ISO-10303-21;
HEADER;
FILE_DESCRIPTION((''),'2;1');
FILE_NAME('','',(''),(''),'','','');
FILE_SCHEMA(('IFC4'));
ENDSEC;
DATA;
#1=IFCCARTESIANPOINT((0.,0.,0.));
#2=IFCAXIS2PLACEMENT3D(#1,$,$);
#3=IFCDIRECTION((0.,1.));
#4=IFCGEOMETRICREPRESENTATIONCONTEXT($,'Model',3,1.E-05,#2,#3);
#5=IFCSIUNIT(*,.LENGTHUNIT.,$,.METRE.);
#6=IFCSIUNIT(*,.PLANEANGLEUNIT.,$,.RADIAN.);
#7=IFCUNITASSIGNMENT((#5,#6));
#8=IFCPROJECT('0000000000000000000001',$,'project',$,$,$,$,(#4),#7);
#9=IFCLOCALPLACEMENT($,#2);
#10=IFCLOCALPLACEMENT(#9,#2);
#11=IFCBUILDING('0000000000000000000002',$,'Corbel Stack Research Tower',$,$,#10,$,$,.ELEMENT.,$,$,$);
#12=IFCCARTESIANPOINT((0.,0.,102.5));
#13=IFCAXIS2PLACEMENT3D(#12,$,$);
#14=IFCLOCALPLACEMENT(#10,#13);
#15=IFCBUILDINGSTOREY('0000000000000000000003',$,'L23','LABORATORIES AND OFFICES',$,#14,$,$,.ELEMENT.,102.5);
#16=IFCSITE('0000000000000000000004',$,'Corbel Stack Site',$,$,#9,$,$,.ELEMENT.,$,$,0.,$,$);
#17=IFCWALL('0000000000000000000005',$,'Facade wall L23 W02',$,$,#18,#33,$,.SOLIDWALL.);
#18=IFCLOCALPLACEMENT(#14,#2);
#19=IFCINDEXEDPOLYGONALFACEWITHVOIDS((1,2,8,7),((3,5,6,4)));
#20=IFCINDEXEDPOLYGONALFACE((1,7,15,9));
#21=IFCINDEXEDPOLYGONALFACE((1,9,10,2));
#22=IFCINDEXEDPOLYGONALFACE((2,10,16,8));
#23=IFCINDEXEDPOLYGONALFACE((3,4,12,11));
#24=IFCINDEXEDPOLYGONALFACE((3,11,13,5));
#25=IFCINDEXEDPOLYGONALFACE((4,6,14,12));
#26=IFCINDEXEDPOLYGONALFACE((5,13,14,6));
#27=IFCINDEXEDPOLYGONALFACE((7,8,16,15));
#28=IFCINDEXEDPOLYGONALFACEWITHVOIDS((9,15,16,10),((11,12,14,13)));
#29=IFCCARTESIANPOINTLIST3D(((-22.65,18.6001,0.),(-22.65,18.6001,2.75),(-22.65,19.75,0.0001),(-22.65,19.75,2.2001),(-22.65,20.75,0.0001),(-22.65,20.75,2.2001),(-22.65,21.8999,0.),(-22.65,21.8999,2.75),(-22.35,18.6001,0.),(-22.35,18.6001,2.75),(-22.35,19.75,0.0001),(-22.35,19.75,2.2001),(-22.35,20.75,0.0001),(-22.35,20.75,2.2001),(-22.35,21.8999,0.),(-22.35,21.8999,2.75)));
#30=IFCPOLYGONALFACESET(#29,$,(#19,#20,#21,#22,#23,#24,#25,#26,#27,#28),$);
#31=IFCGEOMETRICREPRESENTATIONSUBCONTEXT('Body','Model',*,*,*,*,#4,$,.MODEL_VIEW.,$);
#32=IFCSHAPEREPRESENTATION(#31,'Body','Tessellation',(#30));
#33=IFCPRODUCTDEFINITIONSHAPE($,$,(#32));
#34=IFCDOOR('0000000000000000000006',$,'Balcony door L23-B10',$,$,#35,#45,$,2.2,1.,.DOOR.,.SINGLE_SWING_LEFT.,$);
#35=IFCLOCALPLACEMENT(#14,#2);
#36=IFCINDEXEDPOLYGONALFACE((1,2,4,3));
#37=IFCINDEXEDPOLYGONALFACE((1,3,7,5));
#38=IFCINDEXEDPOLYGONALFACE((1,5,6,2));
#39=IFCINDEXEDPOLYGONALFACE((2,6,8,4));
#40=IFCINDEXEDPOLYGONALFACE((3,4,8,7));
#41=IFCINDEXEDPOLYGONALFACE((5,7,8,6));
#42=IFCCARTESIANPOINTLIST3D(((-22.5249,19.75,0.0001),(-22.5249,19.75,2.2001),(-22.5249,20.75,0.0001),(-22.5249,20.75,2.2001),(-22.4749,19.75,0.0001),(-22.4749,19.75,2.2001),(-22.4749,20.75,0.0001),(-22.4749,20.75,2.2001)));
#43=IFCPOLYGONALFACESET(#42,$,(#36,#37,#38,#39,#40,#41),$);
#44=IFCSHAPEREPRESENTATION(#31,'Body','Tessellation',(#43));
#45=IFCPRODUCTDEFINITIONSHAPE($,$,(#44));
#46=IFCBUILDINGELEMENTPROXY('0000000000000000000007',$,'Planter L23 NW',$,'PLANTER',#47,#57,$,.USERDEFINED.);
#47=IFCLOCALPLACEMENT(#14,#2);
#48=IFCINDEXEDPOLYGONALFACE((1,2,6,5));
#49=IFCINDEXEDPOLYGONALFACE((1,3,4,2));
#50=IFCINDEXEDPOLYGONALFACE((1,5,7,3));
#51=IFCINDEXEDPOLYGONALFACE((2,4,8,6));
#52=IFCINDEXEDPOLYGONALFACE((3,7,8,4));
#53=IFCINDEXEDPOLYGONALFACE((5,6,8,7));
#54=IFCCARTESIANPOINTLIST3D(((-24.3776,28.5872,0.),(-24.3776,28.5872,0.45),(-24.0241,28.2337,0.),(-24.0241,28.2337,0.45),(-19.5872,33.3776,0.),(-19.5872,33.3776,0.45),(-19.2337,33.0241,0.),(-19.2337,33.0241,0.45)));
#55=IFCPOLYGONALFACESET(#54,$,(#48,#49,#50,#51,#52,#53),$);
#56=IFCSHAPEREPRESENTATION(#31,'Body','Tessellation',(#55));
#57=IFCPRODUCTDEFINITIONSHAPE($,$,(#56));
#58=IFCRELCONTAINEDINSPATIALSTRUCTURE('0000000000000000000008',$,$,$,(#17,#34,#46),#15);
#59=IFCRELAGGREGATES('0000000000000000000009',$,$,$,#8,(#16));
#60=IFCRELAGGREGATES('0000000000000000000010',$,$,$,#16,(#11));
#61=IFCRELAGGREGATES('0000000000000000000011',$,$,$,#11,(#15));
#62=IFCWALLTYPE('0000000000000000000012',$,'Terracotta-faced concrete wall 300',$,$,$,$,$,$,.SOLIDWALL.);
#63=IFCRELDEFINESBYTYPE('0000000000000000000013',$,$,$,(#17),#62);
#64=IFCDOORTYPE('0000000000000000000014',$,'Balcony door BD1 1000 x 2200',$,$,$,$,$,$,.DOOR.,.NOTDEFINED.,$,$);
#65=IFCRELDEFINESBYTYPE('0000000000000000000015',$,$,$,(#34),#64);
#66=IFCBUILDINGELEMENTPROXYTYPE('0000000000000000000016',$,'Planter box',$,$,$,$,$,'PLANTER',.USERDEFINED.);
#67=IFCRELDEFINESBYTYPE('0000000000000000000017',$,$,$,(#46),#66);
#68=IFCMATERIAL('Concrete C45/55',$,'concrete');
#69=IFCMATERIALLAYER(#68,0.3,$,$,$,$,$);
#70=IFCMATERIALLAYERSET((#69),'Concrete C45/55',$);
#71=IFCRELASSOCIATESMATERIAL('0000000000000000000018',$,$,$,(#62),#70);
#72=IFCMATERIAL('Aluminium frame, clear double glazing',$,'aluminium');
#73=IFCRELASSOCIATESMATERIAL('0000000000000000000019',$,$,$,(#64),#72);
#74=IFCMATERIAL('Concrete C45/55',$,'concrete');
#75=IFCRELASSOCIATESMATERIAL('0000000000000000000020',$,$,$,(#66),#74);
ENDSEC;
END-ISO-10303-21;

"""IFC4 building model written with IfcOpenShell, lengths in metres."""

from ifc_helpers import new_model, si_unit, direction, frame, frame_2d, origin, origin_2d, place, context, subcontext, project, spatial, rectangle, extrude, material, layer, layer_set, type_object, element, fill, save


model = new_model("IFC4")

# Units and contexts
model_context = context("Model", 3, precision=1e-05, world=origin(), true_north=direction((0.0, 1.0)))
body_context = subcontext(model_context, "Body", "Model", "MODEL_VIEW")
ifc_project = project(units=[si_unit("LENGTHUNIT", "METRE"), si_unit("PLANEANGLEUNIT", "RADIAN")], contexts=[model_context])

# Site, building, storey
site_placement = place(None, origin())
site = spatial("IfcSite", under=ifc_project, at=site_placement, Name="Corbel Stack Site", CompositionType="ELEMENT", RefElevation=0.0)
building_placement = place(site_placement, origin())
building = spatial("IfcBuilding", under=site, at=building_placement, Name="Corbel Stack Research Tower", CompositionType="ELEMENT")
storey_placement = place(building_placement, frame((0.0, 0.0, 102.5)))
storey = spatial("IfcBuildingStorey", under=building, at=storey_placement, Name="L23", Description="LABORATORIES AND OFFICES", CompositionType="ELEMENT", Elevation=102.5)

# Shared definitions
ifc_material_1 = material(Name="Concrete C45/55", Category="concrete")
ifc_layer_1 = layer(ifc_material_1, 0.3)
ifc_layer_set_1 = layer_set([ifc_layer_1], Name="Concrete C45/55")
wall_type_1 = type_object("IfcWallType", Name="Terracotta-faced concrete wall 300", PredefinedType="SOLIDWALL", material=ifc_layer_set_1)

# Wall, opening, door
wall_1_placement = place(storey_placement, frame((-22.5, 18.6001, 0.0), z_axis=(0.0, 0.0, 1.0), x_axis=(0.0, 1.0, 0.0)))
wall_1 = element("IfcWall", 1, at=wall_1_placement, inside=storey, type_object=wall_type_1, Name="Facade wall L23 W02", PredefinedType="SOLIDWALL", context=body_context, shape_type="SweptSolid", body=[
    extrude(rectangle(XDim=3.2998, YDim=0.3, at=frame_2d((1.6499, 0.0))), origin(), (0.0, 0.0, 1.0), 2.75),
])
opening_1_placement = place(wall_1_placement, frame((1.1499, 0.0, 0.0)))
opening_1 = element("IfcOpeningElement", 2, at=opening_1_placement, cuts=wall_1, PredefinedType="OPENING", context=body_context, shape_type="SweptSolid", body=[
    extrude(rectangle(XDim=1.0, YDim=2.2, at=frame_2d((0.5, 1.1001))), frame((0.0, 0.1599, 0.0), z_axis=(0.0, -1.0, 0.0), x_axis=(1.0, 0.0, 0.0)), (0.0, 0.0, 1.0), 0.3201),
])
ifc_material_2 = material(Name="Aluminium frame, clear double glazing", Category="aluminium")
door_type_1 = type_object("IfcDoorType", Name="Balcony door BD1 1000 x 2200", OperationType="NOTDEFINED", PredefinedType="DOOR", material=ifc_material_2)
door_1_placement = place(opening_1_placement, origin())
door_1 = element("IfcDoor", 3, at=door_1_placement, inside=storey, type_object=door_type_1, Name="Balcony door L23-B10", OperationType="SINGLE_SWING_LEFT", OverallHeight=2.2, OverallWidth=1.0, PredefinedType="DOOR", context=body_context, shape_type="SweptSolid", body=[
    extrude(rectangle(XDim=1.0, YDim=2.2, at=frame_2d((0.5, 1.1001))), frame((0.0, 0.0249, 0.0), z_axis=(0.0, -1.0, 0.0), x_axis=(1.0, 0.0, 0.0)), (0.0, 0.0, 1.0), 0.05),
])
fill(opening_1, door_1)

# Building element proxy
ifc_material_3 = material(Name="Concrete C45/55", Category="concrete")
building_element_proxy_type = type_object("IfcBuildingElementProxyType", Name="Planter box", ElementType="PLANTER", PredefinedType="USERDEFINED", material=ifc_material_3)
proxy_placement = place(storey_placement, frame((-21.8057, 30.8057, 0.0), z_axis=(0.0, 0.0, 1.0), x_axis=(-0.707107, -0.707107, 0.0)))
element("IfcBuildingElementProxy", 4, at=proxy_placement, inside=storey, type_object=building_element_proxy_type, Name="Planter L23 NW", ObjectType="PLANTER", PredefinedType="USERDEFINED", context=body_context, shape_type="SweptSolid", body=[
    extrude(rectangle(XDim=6.7747, YDim=0.5, at=origin_2d()), origin(), (0.0, 0.0, 1.0), 0.45),
])

save(model, "model.ifc")
